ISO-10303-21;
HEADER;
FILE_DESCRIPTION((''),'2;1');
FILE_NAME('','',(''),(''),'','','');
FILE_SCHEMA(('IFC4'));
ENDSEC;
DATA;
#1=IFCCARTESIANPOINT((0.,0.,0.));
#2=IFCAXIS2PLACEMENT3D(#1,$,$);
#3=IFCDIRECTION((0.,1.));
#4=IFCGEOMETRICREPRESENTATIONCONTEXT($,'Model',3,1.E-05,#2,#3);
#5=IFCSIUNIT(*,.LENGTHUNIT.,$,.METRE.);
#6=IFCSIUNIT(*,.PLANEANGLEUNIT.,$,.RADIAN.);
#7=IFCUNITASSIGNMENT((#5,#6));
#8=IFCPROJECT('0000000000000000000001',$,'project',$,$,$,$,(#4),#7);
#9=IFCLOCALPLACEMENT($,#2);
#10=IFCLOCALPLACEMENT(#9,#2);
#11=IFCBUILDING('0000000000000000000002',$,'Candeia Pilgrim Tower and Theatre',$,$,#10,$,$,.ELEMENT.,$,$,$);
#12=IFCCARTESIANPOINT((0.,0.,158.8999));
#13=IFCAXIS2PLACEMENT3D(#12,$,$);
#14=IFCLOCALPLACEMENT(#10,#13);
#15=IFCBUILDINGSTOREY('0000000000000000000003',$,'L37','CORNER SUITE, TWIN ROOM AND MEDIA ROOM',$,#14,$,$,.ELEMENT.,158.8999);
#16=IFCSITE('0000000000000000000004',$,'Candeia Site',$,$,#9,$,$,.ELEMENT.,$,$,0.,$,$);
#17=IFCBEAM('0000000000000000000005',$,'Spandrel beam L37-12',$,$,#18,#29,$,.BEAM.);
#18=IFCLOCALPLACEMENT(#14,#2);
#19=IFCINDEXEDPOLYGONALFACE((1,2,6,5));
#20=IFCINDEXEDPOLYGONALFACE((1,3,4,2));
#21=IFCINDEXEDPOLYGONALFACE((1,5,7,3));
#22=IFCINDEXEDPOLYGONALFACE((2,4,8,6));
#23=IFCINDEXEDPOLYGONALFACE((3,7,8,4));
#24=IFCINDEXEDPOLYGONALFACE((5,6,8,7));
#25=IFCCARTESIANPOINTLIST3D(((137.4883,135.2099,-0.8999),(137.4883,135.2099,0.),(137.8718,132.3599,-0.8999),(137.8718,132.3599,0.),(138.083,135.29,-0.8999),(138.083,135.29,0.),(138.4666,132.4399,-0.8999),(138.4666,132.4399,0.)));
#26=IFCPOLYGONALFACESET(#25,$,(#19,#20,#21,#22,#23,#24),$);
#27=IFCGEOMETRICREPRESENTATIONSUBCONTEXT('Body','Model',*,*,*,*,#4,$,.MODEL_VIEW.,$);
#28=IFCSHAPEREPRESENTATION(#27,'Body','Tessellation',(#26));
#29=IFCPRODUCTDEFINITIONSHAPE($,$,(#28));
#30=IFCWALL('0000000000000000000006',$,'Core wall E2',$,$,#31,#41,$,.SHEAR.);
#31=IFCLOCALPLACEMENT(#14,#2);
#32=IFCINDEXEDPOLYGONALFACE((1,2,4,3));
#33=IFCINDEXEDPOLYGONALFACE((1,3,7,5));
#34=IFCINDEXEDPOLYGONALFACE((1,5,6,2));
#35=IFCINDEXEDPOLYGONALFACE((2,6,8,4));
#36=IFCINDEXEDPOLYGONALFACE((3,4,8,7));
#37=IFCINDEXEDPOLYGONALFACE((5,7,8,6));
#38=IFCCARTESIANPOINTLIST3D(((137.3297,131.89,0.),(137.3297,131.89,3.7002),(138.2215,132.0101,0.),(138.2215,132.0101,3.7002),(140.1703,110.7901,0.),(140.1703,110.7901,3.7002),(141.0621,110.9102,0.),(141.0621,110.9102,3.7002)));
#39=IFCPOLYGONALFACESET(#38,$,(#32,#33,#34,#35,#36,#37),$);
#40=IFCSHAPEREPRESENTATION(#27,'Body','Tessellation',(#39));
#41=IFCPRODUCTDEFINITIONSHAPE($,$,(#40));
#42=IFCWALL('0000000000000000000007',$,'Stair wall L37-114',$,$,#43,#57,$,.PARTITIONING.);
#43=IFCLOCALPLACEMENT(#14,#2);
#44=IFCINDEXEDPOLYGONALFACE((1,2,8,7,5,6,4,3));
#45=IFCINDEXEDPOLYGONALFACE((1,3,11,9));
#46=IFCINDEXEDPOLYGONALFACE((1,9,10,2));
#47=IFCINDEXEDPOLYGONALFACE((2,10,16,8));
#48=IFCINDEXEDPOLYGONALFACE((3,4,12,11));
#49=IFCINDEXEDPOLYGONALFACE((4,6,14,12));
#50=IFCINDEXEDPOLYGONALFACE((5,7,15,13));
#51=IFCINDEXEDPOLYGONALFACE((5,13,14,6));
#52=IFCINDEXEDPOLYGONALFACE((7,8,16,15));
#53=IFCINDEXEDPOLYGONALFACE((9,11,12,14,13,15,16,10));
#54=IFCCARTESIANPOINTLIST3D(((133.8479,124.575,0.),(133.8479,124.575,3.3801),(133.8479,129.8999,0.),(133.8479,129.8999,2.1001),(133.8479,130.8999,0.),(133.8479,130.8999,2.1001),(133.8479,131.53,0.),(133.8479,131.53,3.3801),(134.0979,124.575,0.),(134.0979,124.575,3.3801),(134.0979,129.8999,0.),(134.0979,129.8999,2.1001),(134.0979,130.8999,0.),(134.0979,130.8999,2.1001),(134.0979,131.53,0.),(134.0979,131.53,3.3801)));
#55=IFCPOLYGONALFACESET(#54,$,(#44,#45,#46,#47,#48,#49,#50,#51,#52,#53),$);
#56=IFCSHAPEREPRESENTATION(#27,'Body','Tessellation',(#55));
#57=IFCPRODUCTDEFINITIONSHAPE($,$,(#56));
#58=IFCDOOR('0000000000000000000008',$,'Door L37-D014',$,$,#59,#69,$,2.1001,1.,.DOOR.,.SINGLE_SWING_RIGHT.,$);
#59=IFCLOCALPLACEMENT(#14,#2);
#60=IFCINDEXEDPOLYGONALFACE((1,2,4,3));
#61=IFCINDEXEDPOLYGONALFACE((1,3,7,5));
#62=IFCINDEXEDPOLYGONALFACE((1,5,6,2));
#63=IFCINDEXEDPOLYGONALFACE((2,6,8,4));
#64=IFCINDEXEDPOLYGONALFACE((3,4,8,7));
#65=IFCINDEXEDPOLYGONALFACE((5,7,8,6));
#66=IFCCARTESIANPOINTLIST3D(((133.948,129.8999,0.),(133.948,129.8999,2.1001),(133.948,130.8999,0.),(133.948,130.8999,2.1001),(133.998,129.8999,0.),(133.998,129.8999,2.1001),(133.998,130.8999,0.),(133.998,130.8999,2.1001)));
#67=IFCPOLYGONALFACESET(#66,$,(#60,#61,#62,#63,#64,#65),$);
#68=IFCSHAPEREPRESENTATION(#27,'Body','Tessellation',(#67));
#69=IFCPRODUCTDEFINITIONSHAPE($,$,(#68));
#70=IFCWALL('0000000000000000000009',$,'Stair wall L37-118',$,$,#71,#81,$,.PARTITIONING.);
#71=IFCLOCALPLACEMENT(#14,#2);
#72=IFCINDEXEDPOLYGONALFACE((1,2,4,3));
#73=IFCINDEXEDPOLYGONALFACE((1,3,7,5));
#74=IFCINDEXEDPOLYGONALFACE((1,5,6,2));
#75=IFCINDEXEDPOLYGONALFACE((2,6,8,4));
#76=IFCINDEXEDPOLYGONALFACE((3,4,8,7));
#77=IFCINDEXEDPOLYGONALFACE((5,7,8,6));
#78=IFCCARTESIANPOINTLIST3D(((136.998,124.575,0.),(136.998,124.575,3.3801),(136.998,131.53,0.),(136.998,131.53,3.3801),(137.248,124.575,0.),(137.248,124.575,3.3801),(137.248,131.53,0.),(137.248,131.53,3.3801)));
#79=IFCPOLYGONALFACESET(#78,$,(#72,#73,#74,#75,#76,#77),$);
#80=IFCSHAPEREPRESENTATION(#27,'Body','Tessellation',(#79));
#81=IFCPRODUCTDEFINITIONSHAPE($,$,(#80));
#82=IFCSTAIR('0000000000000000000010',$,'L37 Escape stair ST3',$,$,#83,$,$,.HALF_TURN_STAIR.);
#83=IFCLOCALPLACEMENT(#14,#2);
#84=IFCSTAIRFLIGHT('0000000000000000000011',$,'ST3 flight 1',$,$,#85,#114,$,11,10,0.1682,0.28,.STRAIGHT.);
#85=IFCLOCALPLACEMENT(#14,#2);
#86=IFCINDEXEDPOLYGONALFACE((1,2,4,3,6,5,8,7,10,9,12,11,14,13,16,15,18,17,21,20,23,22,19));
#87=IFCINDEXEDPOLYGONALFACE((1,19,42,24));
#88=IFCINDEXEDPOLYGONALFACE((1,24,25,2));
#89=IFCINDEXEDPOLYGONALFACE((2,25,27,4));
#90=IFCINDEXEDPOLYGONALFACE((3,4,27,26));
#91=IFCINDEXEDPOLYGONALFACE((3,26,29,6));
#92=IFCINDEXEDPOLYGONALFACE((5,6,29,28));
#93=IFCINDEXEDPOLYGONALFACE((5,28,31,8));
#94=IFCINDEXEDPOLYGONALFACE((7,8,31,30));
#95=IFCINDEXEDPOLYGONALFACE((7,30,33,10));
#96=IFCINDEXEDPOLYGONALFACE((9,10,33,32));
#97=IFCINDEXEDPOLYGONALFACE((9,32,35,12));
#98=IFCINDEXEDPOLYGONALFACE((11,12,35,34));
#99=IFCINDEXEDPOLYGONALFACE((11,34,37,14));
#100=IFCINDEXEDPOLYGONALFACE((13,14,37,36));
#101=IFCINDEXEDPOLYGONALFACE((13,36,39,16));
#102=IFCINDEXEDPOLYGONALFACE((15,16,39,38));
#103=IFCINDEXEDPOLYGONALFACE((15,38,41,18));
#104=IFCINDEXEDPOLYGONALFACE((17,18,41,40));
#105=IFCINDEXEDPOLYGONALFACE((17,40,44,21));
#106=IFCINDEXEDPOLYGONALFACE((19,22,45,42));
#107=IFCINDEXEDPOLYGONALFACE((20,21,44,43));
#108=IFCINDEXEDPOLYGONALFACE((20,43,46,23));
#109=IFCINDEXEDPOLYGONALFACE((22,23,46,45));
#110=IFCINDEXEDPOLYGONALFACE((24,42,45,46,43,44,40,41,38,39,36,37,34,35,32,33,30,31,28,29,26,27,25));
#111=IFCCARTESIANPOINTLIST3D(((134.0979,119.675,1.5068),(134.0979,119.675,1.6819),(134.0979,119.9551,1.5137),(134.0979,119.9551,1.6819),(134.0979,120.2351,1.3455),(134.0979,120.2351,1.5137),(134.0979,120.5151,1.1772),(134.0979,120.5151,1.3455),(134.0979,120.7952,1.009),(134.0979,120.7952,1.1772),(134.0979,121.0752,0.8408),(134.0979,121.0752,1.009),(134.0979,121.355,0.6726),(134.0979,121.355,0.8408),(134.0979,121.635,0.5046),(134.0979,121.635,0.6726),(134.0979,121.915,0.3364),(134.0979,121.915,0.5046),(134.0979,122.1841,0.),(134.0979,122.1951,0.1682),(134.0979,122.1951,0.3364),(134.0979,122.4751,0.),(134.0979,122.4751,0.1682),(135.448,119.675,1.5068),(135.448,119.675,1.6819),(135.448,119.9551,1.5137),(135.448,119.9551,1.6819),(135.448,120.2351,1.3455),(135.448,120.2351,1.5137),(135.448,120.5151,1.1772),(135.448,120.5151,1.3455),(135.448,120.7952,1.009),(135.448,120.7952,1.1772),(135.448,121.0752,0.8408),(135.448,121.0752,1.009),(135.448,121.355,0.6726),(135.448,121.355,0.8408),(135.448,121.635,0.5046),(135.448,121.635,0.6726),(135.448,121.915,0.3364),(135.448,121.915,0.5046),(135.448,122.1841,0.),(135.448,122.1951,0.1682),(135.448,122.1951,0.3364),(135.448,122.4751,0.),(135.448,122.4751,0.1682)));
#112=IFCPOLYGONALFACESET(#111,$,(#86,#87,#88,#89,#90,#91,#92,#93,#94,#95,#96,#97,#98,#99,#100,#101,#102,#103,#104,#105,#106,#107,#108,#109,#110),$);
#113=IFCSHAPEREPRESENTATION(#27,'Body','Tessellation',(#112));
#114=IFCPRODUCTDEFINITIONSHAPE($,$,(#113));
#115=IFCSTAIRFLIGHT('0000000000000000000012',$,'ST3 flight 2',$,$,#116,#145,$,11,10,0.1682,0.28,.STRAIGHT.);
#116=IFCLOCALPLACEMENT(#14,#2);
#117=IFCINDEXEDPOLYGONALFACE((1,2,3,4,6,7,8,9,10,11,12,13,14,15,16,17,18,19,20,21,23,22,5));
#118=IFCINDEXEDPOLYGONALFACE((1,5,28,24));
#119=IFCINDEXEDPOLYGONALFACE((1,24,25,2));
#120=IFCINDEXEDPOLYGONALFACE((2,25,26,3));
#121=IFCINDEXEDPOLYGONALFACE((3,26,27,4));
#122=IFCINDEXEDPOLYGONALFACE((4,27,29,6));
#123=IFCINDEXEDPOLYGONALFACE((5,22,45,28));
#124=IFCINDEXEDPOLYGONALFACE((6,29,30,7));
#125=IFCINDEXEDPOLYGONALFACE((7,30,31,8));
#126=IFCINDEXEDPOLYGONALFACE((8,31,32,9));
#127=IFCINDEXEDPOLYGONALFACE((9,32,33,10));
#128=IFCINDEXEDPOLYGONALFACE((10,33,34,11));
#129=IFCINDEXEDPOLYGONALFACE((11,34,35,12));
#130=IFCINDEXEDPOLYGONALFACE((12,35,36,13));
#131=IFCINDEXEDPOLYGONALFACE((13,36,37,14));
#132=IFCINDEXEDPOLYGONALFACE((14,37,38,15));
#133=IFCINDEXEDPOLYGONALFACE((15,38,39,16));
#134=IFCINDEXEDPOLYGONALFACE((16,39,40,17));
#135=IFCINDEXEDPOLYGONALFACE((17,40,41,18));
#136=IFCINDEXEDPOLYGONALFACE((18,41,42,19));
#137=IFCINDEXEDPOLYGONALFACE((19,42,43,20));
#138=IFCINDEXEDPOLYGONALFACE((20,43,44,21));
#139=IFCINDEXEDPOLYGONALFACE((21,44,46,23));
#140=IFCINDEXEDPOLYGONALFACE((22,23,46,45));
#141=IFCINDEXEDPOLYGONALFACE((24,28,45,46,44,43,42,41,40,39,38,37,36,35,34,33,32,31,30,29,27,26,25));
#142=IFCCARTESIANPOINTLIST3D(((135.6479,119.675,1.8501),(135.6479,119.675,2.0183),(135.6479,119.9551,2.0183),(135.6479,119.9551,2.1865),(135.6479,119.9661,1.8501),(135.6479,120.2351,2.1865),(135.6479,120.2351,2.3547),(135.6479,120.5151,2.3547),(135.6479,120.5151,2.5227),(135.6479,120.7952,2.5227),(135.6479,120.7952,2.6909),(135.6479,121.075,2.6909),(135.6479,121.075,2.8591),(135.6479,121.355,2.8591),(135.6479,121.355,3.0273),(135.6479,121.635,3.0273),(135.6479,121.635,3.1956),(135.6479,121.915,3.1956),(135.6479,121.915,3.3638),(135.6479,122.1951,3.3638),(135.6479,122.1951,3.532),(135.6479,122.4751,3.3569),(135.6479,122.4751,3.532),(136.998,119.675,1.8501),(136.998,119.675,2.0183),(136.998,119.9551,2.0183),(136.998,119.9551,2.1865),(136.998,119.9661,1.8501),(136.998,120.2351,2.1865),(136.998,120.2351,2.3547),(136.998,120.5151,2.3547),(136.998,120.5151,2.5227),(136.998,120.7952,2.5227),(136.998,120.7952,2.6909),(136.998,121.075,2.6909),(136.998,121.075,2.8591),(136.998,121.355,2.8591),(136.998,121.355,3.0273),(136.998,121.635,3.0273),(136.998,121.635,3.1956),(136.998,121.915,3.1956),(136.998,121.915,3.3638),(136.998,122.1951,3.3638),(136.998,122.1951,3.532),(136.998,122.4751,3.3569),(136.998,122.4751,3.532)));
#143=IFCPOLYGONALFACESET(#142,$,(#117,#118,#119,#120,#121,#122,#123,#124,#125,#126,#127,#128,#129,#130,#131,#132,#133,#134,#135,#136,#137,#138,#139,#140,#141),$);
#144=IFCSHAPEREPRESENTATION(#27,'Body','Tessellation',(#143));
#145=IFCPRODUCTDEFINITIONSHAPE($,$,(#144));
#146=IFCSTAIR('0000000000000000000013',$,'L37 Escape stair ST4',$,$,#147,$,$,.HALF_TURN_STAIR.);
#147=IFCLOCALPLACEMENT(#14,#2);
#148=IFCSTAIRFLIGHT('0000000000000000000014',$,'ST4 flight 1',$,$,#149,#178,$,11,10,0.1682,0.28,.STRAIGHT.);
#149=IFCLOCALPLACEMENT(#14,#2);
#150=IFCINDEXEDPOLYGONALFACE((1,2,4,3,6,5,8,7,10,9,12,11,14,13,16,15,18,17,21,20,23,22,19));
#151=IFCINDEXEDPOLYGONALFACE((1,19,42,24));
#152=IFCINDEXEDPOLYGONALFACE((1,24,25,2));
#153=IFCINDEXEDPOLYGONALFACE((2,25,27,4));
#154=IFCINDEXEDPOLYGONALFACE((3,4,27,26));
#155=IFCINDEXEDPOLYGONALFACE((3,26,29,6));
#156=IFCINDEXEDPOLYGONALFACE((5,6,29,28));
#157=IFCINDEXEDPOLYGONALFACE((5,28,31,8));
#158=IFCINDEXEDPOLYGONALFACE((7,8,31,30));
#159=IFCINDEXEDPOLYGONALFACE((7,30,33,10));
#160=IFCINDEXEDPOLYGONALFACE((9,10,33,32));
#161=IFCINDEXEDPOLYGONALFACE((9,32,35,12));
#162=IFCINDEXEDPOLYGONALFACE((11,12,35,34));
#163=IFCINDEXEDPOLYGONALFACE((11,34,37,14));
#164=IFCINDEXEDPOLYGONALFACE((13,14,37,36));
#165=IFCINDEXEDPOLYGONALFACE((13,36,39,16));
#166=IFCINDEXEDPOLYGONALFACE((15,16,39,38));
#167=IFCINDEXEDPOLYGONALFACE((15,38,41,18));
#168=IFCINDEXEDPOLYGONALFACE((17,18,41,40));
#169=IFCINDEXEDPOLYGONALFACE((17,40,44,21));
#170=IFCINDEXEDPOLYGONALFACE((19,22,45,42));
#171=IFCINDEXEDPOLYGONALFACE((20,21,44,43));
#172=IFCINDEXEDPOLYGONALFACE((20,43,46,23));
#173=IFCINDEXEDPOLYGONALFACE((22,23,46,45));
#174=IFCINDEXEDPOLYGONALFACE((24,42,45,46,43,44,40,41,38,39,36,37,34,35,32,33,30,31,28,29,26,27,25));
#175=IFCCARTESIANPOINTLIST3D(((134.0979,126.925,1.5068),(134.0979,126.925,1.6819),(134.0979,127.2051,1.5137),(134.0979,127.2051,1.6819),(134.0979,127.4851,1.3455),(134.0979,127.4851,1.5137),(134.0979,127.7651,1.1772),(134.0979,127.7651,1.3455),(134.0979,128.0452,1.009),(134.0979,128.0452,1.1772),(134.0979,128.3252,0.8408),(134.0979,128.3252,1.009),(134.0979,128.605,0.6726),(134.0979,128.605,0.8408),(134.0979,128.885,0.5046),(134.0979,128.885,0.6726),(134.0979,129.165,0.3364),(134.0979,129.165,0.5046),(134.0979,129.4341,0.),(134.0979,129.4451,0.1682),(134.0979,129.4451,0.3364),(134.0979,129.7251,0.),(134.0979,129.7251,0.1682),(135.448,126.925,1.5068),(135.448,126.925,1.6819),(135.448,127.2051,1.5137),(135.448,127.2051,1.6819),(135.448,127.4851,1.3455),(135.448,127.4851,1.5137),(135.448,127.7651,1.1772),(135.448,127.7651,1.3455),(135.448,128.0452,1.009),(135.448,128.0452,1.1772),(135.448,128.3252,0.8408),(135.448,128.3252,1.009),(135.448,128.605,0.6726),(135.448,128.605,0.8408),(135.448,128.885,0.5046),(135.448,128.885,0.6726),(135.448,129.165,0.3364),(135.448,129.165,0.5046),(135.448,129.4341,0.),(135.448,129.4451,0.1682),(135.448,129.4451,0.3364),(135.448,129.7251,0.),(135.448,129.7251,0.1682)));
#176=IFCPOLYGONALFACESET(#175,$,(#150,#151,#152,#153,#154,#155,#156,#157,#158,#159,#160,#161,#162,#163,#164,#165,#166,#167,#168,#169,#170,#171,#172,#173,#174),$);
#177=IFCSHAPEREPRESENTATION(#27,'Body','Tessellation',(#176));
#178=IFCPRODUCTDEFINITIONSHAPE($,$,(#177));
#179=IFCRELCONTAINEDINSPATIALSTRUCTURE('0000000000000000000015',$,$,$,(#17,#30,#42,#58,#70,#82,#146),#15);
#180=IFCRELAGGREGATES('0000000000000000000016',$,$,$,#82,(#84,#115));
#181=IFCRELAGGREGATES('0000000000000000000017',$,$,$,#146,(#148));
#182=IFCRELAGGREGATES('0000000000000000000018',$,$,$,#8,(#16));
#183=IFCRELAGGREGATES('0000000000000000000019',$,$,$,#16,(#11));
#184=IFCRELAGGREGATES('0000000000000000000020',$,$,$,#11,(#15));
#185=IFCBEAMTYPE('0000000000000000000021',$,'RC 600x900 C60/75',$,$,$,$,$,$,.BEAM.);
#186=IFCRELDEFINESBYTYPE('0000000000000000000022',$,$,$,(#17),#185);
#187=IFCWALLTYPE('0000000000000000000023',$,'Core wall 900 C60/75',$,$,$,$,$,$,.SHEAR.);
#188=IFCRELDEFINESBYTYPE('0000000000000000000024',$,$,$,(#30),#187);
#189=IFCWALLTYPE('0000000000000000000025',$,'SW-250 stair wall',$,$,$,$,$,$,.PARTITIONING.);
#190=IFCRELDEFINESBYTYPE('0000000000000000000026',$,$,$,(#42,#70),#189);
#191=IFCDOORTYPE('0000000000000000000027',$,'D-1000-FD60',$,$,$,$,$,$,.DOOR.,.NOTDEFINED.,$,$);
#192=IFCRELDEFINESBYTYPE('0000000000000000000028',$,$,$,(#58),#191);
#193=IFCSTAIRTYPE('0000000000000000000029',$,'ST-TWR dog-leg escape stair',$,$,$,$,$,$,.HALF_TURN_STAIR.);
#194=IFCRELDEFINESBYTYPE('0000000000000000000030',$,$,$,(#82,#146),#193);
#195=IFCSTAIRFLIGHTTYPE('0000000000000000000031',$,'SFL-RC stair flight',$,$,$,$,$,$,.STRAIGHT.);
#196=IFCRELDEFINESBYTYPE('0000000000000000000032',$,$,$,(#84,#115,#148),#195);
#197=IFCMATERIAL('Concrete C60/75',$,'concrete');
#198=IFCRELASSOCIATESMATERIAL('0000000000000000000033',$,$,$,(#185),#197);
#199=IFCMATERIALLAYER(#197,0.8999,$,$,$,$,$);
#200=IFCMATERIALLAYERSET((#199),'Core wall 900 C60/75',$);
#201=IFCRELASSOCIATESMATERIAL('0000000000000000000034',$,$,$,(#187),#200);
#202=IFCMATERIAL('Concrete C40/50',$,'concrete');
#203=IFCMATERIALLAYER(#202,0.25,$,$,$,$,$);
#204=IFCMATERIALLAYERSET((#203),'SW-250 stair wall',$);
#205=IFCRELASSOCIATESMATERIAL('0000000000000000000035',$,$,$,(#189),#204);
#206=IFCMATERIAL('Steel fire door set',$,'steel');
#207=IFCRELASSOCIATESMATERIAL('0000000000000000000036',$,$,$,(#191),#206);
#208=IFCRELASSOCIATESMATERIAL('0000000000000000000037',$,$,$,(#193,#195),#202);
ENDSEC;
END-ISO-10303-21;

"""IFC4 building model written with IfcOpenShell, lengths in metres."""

from ifc_helpers import new_model, si_unit, direction, frame, frame_2d, origin, origin_2d, place, context, subcontext, project, spatial, polyline, rectangle, outline, extrude, material, layer, layer_set, material_profile, profile_set, type_object, element, fill, aggregate, save


model = new_model("IFC4")

# Units and contexts
model_context = context("Model", 3, precision=1e-05, world=origin(), true_north=direction((0.0, 1.0)))
body_context = subcontext(model_context, "Body", "Model", "MODEL_VIEW")
ifc_project = project(units=[si_unit("LENGTHUNIT", "METRE"), si_unit("PLANEANGLEUNIT", "RADIAN")], contexts=[model_context])

# Site, building, storey
site_placement = place(None, origin())
site = spatial("IfcSite", under=ifc_project, at=site_placement, Name="Candeia Site", CompositionType="ELEMENT", RefElevation=0.0)
building_placement = place(site_placement, origin())
building = spatial("IfcBuilding", under=site, at=building_placement, Name="Candeia Pilgrim Tower and Theatre", CompositionType="ELEMENT")
storey_placement = place(building_placement, frame((0.0, 0.0, 158.8999)))
storey = spatial("IfcBuildingStorey", under=building, at=storey_placement, Name="L37", Description="CORNER SUITE, TWIN ROOM AND MEDIA ROOM", CompositionType="ELEMENT", Elevation=158.8999)

# Beam
ifc_material_1 = material(Name="Concrete C60/75", Category="concrete")
ifc_material_profile = material_profile(ifc_material_1, rectangle(XDim=0.6001, YDim=0.8999, at=origin_2d()))
ifc_profile_set = profile_set([ifc_material_profile], Name="Concrete C60/75")
beam_type = type_object("IfcBeamType", Name="RC 600x900 C60/75", PredefinedType="BEAM", material=ifc_profile_set)
beam_placement = place(storey_placement, frame((138.1692, 132.3999, -0.45), z_axis=(-0.13337, 0.991066, 0.0), x_axis=(-0.991066, -0.13337, 0.0)))
element("IfcBeam", 1, at=beam_placement, inside=storey, type_object=beam_type, Name="Spandrel beam L37-12", PredefinedType="BEAM", context=body_context, shape_type="SweptSolid", body=[
    extrude(rectangle(XDim=0.6001, YDim=0.8999, at=origin_2d()), origin(), (0.0, 0.0, 1.0), 2.8757),
])

# Wall
ifc_layer_1 = layer(ifc_material_1, 0.8999)
ifc_layer_set_1 = layer_set([ifc_layer_1], Name="Core wall 900 C60/75")
wall_type_1 = type_object("IfcWallType", Name="Core wall 900 C60/75", PredefinedType="SHEAR", material=ifc_layer_set_1)
wall_1_placement = place(storey_placement, frame((137.7756, 131.95, 0.0), z_axis=(0.0, 0.0, 1.0), x_axis=(0.133422, -0.991059, 0.0)))
element("IfcWall", 2, at=wall_1_placement, inside=storey, type_object=wall_type_1, Name="Core wall E2", PredefinedType="SHEAR", context=body_context, shape_type="SweptSolid", body=[
    extrude(rectangle(XDim=21.2903, YDim=0.8999, at=frame_2d((10.645, 0.0))), origin(), (0.0, 0.0, 1.0), 3.7002),
])

# Wall, opening, door
ifc_material_2 = material(Name="Concrete C40/50", Category="concrete")
ifc_layer_2 = layer(ifc_material_2, 0.25)
ifc_layer_set_2 = layer_set([ifc_layer_2], Name="SW-250 stair wall")
wall_type_2 = type_object("IfcWallType", Name="SW-250 stair wall", PredefinedType="PARTITIONING", material=ifc_layer_set_2)
wall_2_placement = place(storey_placement, frame((133.9729, 124.575, 0.0), z_axis=(0.0, 0.0, 1.0), x_axis=(0.0, 1.0, 0.0)))
wall_2 = element("IfcWall", 3, at=wall_2_placement, inside=storey, type_object=wall_type_2, Name="Stair wall L37-114", PredefinedType="PARTITIONING", context=body_context, shape_type="SweptSolid", body=[
    extrude(rectangle(XDim=6.9551, YDim=0.25, at=frame_2d((3.4775, 0.0))), origin(), (0.0, 0.0, 1.0), 3.3801),
])
opening_1_placement = place(wall_2_placement, frame((5.325, 0.0, 0.0)))
opening_1 = element("IfcOpeningElement", 4, at=opening_1_placement, cuts=wall_2, PredefinedType="OPENING", context=body_context, shape_type="SweptSolid", body=[
    extrude(rectangle(XDim=1.0, YDim=2.1001, at=frame_2d((0.5, 1.05))), frame((0.0, 0.135, 0.0), z_axis=(0.0, -1.0, 0.0), x_axis=(1.0, 0.0, 0.0)), (0.0, 0.0, 1.0), 0.27),
])
ifc_material_3 = material(Name="Steel fire door set", Category="steel")
door_type_1 = type_object("IfcDoorType", Name="D-1000-FD60", OperationType="NOTDEFINED", PredefinedType="DOOR", material=ifc_material_3)
door_1_placement = place(opening_1_placement, origin())
door_1 = element("IfcDoor", 5, at=door_1_placement, inside=storey, type_object=door_type_1, Name="Door L37-D014", OperationType="SINGLE_SWING_RIGHT", OverallHeight=2.1001, OverallWidth=1.0, PredefinedType="DOOR", context=body_context, shape_type="SweptSolid", body=[
    extrude(rectangle(XDim=1.0, YDim=2.1001, at=frame_2d((0.5, 1.05))), frame((0.0, 0.0249, 0.0), z_axis=(0.0, -1.0, 0.0), x_axis=(1.0, 0.0, 0.0)), (0.0, 0.0, 1.0), 0.05),
])
fill(opening_1, door_1)

# Wall
wall_3_placement = place(storey_placement, frame((137.123, 124.575, 0.0), z_axis=(0.0, 0.0, 1.0), x_axis=(0.0, 1.0, 0.0)))
element("IfcWall", 6, at=wall_3_placement, inside=storey, type_object=wall_type_2, Name="Stair wall L37-118", PredefinedType="PARTITIONING", context=body_context, shape_type="SweptSolid", body=[
    extrude(rectangle(XDim=6.9551, YDim=0.25, at=frame_2d((3.4775, 0.0))), origin(), (0.0, 0.0, 1.0), 3.3801),
])

# Stairs, stair flights
stair_type = type_object("IfcStairType", Name="ST-TWR dog-leg escape stair", PredefinedType="HALF_TURN_STAIR", material=ifc_material_2)
stair_1_placement = place(storey_placement, origin())
stair_1 = element("IfcStair", 7, at=stair_1_placement, inside=storey, type_object=stair_type, Name="L37 Escape stair ST3", PredefinedType="HALF_TURN_STAIR")
stair_flight_type = type_object("IfcStairFlightType", Name="SFL-RC stair flight", PredefinedType="STRAIGHT", material=ifc_material_2)
stair_flight_1_placement = place(storey_placement, frame((134.7729, 122.4751, 0.0), z_axis=(0.0, 0.0, 1.0), x_axis=(0.0, -1.0, 0.0)))
stair_flight_1 = element("IfcStairFlight", 8, at=stair_flight_1_placement, type_object=stair_flight_type, Name="ST3 flight 1", NumberOfRisers=11, NumberOfTreads=10, PredefinedType="STRAIGHT", RiserHeight=0.1682, TreadLength=0.28, context=body_context, shape_type="SweptSolid", body=[
    extrude(outline(polyline([(0.0, 0.0), (0.0, 0.1682), (0.28, 0.1682), (0.28, 0.3364), (0.5601, 0.3364), (0.5601, 0.5046), (0.8401, 0.5046), (0.8401, 0.6726), (1.1201, 0.6726), (1.1201, 0.8408), (1.3999, 0.8408), (1.3999, 1.009), (1.6799, 1.009), (1.6799, 1.1772), (1.96, 1.1772), (1.96, 1.3455), (2.24, 1.3455), (2.24, 1.5137), (2.52, 1.5137), (2.52, 1.6819), (2.8, 1.6819), (2.8, 1.8501), (2.8, 1.5068), (0.291, 0.0), (0.0, 0.0)])), frame((0.0, 0.675, 0.0), z_axis=(0.0, -1.0, 0.0), x_axis=(1.0, 0.0, 0.0)), (0.0, 0.0, 1.0), 1.3501),
])
stair_flight_2_placement = place(storey_placement, frame((136.323, 119.675, 1.8501), z_axis=(0.0, 0.0, 1.0), x_axis=(0.0, 1.0, 0.0)))
stair_flight_2 = element("IfcStairFlight", 9, at=stair_flight_2_placement, type_object=stair_flight_type, Name="ST3 flight 2", NumberOfRisers=11, NumberOfTreads=10, PredefinedType="STRAIGHT", RiserHeight=0.1682, TreadLength=0.28, context=body_context, shape_type="SweptSolid", body=[
    extrude(outline(polyline([(0.0, 0.0), (0.0, 0.1682), (0.28, 0.1682), (0.28, 0.3364), (0.5601, 0.3364), (0.5601, 0.5046), (0.8401, 0.5046), (0.8401, 0.6726), (1.1201, 0.6726), (1.1201, 0.8408), (1.3999, 0.8408), (1.3999, 1.009), (1.6799, 1.009), (1.6799, 1.1772), (1.96, 1.1772), (1.96, 1.3455), (2.24, 1.3455), (2.24, 1.5137), (2.52, 1.5137), (2.52, 1.6819), (2.8, 1.6819), (2.8, 1.8501), (2.8, 1.5068), (0.291, 0.0), (0.0, 0.0)])), frame((0.0, 0.675, 0.0), z_axis=(0.0, -1.0, 0.0), x_axis=(1.0, 0.0, 0.0)), (0.0, 0.0, 1.0), 1.3501),
])
aggregate(stair_1, [stair_flight_1, stair_flight_2])
stair_2_placement = place(storey_placement, origin())
stair_2 = element("IfcStair", 10, at=stair_2_placement, inside=storey, type_object=stair_type, Name="L37 Escape stair ST4", PredefinedType="HALF_TURN_STAIR")
stair_flight_3_placement = place(storey_placement, frame((134.7729, 129.7251, 0.0), z_axis=(0.0, 0.0, 1.0), x_axis=(0.0, -1.0, 0.0)))
stair_flight_3 = element("IfcStairFlight", 11, at=stair_flight_3_placement, type_object=stair_flight_type, Name="ST4 flight 1", NumberOfRisers=11, NumberOfTreads=10, PredefinedType="STRAIGHT", RiserHeight=0.1682, TreadLength=0.28, context=body_context, shape_type="SweptSolid", body=[
    extrude(outline(polyline([(0.0, 0.0), (0.0, 0.1682), (0.28, 0.1682), (0.28, 0.3364), (0.5601, 0.3364), (0.5601, 0.5046), (0.8401, 0.5046), (0.8401, 0.6726), (1.1201, 0.6726), (1.1201, 0.8408), (1.3999, 0.8408), (1.3999, 1.009), (1.6799, 1.009), (1.6799, 1.1772), (1.96, 1.1772), (1.96, 1.3455), (2.24, 1.3455), (2.24, 1.5137), (2.52, 1.5137), (2.52, 1.6819), (2.8, 1.6819), (2.8, 1.8501), (2.8, 1.5068), (0.291, 0.0), (0.0, 0.0)])), frame((0.0, 0.675, 0.0), z_axis=(0.0, -1.0, 0.0), x_axis=(1.0, 0.0, 0.0)), (0.0, 0.0, 1.0), 1.3501),
])
aggregate(stair_2, [stair_flight_3])

save(model, "model.ifc")
